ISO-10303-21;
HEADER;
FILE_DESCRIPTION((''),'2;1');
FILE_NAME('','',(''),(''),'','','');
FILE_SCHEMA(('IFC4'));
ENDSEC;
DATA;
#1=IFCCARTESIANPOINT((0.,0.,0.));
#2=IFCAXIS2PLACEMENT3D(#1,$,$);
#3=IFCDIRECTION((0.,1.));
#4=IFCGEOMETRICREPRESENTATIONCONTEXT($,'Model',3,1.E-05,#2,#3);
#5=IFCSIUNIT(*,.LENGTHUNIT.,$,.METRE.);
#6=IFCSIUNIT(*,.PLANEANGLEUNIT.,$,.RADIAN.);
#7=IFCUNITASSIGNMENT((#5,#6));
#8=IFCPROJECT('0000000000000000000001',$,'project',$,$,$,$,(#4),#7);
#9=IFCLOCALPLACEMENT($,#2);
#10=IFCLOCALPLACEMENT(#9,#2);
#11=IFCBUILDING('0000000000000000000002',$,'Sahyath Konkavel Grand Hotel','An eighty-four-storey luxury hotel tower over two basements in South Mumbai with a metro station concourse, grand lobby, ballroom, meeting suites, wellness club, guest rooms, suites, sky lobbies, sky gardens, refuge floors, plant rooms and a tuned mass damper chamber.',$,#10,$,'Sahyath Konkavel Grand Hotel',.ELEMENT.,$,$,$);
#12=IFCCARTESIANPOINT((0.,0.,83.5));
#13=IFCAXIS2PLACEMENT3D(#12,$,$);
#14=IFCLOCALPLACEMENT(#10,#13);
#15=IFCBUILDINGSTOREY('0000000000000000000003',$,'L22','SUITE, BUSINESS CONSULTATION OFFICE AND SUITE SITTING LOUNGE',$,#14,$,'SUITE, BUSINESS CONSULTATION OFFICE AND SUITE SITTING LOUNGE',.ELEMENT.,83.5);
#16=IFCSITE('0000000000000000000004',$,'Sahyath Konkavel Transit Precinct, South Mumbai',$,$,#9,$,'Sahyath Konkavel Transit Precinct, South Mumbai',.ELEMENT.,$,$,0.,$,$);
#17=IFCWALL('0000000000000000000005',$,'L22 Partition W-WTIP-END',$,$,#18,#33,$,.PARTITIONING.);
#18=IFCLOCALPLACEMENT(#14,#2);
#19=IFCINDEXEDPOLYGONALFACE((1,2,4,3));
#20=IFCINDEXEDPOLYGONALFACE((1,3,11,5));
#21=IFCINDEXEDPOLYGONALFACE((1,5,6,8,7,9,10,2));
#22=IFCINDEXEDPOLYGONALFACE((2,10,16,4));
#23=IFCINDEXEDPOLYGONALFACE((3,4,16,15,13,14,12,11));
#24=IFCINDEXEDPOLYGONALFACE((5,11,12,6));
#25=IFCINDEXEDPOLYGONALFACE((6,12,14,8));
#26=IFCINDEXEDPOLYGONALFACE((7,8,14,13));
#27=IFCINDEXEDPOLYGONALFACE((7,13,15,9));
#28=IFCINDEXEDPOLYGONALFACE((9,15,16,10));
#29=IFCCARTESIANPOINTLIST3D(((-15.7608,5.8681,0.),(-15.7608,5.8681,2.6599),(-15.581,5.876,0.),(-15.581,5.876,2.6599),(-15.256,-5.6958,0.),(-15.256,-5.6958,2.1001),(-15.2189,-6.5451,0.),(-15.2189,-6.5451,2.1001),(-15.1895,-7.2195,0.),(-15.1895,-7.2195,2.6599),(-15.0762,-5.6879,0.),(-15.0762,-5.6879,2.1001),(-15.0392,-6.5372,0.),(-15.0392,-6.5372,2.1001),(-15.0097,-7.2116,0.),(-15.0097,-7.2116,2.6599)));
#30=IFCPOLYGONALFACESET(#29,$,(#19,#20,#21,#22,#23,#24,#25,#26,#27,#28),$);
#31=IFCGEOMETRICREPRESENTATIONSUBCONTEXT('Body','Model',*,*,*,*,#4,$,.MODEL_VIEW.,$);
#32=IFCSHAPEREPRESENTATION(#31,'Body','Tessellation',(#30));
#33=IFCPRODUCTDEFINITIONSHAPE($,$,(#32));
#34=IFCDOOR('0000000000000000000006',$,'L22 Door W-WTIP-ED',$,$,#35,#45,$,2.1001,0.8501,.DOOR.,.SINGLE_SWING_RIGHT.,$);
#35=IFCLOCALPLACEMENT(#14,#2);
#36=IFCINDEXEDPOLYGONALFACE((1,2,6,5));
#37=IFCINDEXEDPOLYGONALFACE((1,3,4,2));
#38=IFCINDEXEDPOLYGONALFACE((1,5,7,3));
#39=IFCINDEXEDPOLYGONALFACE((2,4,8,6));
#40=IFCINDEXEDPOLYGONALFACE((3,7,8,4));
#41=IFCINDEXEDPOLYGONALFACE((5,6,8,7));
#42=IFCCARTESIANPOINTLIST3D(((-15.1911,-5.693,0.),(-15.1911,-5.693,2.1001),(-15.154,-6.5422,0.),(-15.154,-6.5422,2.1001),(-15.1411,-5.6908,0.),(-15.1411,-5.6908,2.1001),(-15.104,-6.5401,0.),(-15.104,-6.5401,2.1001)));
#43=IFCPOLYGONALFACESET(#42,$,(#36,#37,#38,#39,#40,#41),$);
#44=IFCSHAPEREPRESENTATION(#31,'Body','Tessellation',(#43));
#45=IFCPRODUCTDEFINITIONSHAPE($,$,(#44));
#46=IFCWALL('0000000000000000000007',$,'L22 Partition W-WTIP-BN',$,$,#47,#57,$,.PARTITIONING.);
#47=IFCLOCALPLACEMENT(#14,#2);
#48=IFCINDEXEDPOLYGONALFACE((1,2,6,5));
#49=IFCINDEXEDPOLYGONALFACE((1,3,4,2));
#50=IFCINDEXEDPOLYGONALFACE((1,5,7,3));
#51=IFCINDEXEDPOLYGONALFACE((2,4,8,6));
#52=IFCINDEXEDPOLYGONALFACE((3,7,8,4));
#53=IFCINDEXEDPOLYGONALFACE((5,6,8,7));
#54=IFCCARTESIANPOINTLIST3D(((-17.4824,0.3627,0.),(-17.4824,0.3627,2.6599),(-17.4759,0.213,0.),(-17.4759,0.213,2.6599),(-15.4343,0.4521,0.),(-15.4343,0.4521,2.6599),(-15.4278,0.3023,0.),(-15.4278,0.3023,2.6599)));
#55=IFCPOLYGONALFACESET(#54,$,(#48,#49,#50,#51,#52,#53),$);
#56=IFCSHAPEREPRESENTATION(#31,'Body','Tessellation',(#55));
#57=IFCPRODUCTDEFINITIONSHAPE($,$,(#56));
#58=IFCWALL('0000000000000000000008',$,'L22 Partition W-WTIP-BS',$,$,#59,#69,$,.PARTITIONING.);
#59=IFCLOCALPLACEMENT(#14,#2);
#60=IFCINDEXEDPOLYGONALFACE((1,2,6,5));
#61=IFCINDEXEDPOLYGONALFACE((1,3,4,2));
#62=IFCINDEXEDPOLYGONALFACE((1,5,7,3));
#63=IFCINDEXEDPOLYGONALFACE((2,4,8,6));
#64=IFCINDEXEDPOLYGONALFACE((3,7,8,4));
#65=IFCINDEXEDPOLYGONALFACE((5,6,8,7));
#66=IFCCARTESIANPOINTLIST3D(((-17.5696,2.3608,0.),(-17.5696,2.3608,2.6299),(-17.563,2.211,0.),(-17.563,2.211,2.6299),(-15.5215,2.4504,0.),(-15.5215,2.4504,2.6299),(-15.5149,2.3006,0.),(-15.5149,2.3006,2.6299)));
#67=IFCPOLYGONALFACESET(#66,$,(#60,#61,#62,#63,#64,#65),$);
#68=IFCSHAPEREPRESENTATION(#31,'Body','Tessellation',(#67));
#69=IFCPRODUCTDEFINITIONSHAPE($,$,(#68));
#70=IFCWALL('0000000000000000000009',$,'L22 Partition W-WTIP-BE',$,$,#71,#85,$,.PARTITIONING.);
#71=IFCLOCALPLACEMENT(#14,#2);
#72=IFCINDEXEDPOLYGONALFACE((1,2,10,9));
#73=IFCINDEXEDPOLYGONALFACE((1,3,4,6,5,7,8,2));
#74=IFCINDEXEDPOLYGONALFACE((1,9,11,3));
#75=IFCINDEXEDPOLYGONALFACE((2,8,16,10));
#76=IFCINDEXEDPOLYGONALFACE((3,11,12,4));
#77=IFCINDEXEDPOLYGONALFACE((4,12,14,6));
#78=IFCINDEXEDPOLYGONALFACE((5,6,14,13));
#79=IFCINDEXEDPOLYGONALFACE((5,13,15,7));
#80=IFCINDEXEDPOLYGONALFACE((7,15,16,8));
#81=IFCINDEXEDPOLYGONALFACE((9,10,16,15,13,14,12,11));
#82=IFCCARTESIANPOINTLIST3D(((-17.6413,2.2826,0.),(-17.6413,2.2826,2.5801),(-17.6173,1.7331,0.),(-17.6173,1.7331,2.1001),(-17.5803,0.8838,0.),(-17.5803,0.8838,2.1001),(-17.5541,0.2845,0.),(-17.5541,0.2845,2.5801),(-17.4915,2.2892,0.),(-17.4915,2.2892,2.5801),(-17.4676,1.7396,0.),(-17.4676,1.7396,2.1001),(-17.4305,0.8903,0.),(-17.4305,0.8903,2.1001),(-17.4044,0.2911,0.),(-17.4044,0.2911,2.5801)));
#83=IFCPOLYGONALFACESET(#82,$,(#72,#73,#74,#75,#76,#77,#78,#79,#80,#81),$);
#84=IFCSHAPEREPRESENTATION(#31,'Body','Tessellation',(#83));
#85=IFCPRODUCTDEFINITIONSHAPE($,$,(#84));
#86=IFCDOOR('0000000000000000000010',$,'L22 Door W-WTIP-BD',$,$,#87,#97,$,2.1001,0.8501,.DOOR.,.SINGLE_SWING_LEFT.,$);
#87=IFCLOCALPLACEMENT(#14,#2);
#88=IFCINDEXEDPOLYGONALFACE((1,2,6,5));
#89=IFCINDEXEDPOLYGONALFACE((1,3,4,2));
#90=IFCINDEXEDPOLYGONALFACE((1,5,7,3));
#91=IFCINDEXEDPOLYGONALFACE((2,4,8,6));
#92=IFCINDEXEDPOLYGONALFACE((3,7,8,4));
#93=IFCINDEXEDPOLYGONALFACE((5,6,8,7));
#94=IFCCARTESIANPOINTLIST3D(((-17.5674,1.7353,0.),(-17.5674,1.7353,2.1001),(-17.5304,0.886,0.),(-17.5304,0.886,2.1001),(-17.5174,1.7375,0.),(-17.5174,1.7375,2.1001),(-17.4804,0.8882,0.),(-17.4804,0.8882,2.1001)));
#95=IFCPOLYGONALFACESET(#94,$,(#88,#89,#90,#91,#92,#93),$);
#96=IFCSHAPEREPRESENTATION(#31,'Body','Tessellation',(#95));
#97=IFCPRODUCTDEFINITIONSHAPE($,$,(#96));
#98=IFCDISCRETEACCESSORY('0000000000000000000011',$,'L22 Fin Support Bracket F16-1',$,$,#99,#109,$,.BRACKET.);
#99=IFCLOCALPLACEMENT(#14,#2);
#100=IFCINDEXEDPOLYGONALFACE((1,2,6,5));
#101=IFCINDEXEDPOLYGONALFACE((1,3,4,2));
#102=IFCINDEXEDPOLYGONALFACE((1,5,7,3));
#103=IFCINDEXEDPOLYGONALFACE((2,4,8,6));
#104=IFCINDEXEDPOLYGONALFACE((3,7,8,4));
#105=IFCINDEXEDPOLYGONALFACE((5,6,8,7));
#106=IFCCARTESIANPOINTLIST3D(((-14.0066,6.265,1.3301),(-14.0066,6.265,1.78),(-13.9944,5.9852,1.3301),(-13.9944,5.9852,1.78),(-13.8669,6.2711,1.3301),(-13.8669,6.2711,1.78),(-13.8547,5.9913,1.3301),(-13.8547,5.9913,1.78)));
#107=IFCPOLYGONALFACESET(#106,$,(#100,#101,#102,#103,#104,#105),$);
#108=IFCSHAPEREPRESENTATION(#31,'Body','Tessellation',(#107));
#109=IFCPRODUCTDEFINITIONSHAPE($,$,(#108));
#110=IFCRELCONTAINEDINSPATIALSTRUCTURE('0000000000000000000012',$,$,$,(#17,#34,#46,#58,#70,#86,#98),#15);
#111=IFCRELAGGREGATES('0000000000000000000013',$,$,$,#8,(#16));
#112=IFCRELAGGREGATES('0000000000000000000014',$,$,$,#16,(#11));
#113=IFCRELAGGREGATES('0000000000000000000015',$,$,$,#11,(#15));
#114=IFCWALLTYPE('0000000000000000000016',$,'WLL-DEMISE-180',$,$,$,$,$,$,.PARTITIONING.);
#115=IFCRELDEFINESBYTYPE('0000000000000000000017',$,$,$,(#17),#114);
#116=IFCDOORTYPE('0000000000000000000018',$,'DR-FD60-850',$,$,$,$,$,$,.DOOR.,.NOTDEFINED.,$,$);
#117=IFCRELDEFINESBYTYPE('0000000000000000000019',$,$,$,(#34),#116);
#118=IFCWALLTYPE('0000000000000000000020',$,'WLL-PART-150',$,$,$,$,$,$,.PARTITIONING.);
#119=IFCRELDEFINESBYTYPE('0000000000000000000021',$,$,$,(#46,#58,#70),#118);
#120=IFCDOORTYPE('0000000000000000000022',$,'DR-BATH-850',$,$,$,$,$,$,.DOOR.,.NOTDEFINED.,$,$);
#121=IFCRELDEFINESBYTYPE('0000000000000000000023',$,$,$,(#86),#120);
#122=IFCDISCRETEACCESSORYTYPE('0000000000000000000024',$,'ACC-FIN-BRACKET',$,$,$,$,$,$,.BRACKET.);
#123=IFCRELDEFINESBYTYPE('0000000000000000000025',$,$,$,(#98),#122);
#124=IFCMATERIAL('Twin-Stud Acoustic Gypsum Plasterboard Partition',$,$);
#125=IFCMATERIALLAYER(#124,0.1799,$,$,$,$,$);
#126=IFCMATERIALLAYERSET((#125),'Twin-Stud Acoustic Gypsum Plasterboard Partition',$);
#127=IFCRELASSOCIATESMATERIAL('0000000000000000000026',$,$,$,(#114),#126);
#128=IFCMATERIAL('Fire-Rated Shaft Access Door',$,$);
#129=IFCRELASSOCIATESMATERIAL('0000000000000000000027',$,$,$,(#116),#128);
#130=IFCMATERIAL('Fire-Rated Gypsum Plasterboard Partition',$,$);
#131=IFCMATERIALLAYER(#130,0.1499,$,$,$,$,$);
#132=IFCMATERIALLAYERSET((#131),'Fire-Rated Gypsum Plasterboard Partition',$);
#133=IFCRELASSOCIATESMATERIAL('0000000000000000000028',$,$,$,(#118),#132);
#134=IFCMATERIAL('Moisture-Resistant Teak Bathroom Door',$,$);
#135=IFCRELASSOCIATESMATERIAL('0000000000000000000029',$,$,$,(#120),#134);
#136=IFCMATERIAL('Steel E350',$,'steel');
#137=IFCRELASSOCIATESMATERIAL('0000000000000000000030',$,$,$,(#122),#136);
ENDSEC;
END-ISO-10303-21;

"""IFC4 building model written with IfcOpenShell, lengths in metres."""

from ifc_helpers import new_model, si_unit, direction, frame, frame_2d, origin, origin_2d, place, context, subcontext, project, spatial, rectangle, extrude, source, transform, mapped, material, layer, layer_set, type_object, element, fill, save


model = new_model("IFC4")

# Units and contexts
model_context = context("Model", 3, precision=1e-05, world=origin(), true_north=direction((0.0, 1.0)))
body_context = subcontext(model_context, "Body", "Model", "MODEL_VIEW")
ifc_project = project(units=[si_unit("LENGTHUNIT", "METRE"), si_unit("PLANEANGLEUNIT", "RADIAN")], contexts=[model_context])

# Site, building, storey
site_placement = place(None, origin())
site = spatial("IfcSite", under=ifc_project, at=site_placement, Name="Sahyath Konkavel Transit Precinct, South Mumbai", LongName="Sahyath Konkavel Transit Precinct, South Mumbai", CompositionType="ELEMENT", RefElevation=0.0)
building_placement = place(site_placement, origin())
building = spatial("IfcBuilding", under=site, at=building_placement, Name="Sahyath Konkavel Grand Hotel", Description="An eighty-four-storey luxury hotel tower over two basements in South Mumbai with a metro station concourse, grand lobby, ballroom, meeting suites, wellness club, guest rooms, suites, sky lobbies, sky gardens, refuge floors, plant rooms and a tuned mass damper chamber.", LongName="Sahyath Konkavel Grand Hotel", CompositionType="ELEMENT")
storey_placement = place(building_placement, frame((0.0, 0.0, 83.5)))
storey = spatial("IfcBuildingStorey", under=building, at=storey_placement, Name="L22", Description="SUITE, BUSINESS CONSULTATION OFFICE AND SUITE SITTING LOUNGE", LongName="SUITE, BUSINESS CONSULTATION OFFICE AND SUITE SITTING LOUNGE", CompositionType="ELEMENT", Elevation=83.5)

# Shared definitions
ifc_material_1 = material(Name="Steel E350", Category="steel")

# Wall, opening, door
ifc_material_2 = material(Name="Twin-Stud Acoustic Gypsum Plasterboard Partition")
ifc_layer_1 = layer(ifc_material_2, 0.1799)
ifc_layer_set_1 = layer_set([ifc_layer_1], Name="Twin-Stud Acoustic Gypsum Plasterboard Partition")
wall_type_1 = type_object("IfcWallType", Name="WLL-DEMISE-180", PredefinedType="PARTITIONING", material=ifc_layer_set_1)
wall_1_placement = place(storey_placement, frame((-15.6709, 5.8721, 0.0), z_axis=(0.0, 0.0, 1.0), x_axis=(0.043609, -0.999049, 0.0)))
wall_1 = element("IfcWall", 1, at=wall_1_placement, inside=storey, type_object=wall_type_1, Name="L22 Partition W-WTIP-END", PredefinedType="PARTITIONING", context=body_context, shape_type="SweptSolid", body=[
    extrude(rectangle(XDim=13.1001, YDim=0.1799, at=frame_2d((6.55, 0.0))), origin(), (0.0, 0.0, 1.0), 2.6599),
])
opening_1_placement = place(wall_1_placement, frame((11.575, 0.0, 0.0)))
opening_1 = element("IfcOpeningElement", 2, at=opening_1_placement, cuts=wall_1, PredefinedType="OPENING", context=body_context, shape_type="SweptSolid", body=[
    extrude(rectangle(XDim=0.8501, YDim=2.1001, at=frame_2d((0.425, 1.05))), frame((0.0, 0.1001, 0.0), z_axis=(0.0, -1.0, 0.0), x_axis=(1.0, 0.0, 0.0)), (0.0, 0.0, 1.0), 0.2),
])
ifc_material_3 = material(Name="Fire-Rated Shaft Access Door")
door_type_1 = type_object("IfcDoorType", Name="DR-FD60-850", OperationType="NOTDEFINED", PredefinedType="DOOR", material=ifc_material_3)
shared_shape_1 = source(origin(), body_context, "Body", "SweptSolid", [
    extrude(rectangle(XDim=0.8501, YDim=0.05, at=origin_2d()), origin(), (0.0, 0.0, 1.0), 2.1001),
])
door_1_placement = place(opening_1_placement, frame((0.425, 0.0, 0.0)))
door_1 = element("IfcDoor", 3, at=door_1_placement, inside=storey, type_object=door_type_1, Name="L22 Door W-WTIP-ED", OperationType="SINGLE_SWING_RIGHT", OverallHeight=2.1001, OverallWidth=0.8501, PredefinedType="DOOR", context=body_context, shape_type="MappedRepresentation", body=[
    mapped(shared_shape_1, transform((0.0, 0.0, 0.0), scale=1.0)),
])
fill(opening_1, door_1)

# Walls
ifc_material_4 = material(Name="Fire-Rated Gypsum Plasterboard Partition")
ifc_layer_2 = layer(ifc_material_4, 0.1499)
ifc_layer_set_2 = layer_set([ifc_layer_2], Name="Fire-Rated Gypsum Plasterboard Partition")
wall_type_2 = type_object("IfcWallType", Name="WLL-PART-150", PredefinedType="PARTITIONING", material=ifc_layer_set_2)
wall_2_placement = place(storey_placement, frame((-15.4312, 0.3772, 0.0), z_axis=(0.0, 0.0, 1.0), x_axis=(-0.99905, -0.043587, 0.0)))
element("IfcWall", 4, at=wall_2_placement, inside=storey, type_object=wall_type_2, Name="L22 Partition W-WTIP-BN", PredefinedType="PARTITIONING", context=body_context, shape_type="SweptSolid", body=[
    extrude(rectangle(XDim=2.05, YDim=0.1499, at=frame_2d((1.0249, 0.0))), origin(), (0.0, 0.0, 1.0), 2.6599),
])
wall_3_placement = place(storey_placement, frame((-15.5183, 2.3755, 0.0), z_axis=(0.0, 0.0, 1.0), x_axis=(-0.999044, -0.043706, 0.0)))
element("IfcWall", 5, at=wall_3_placement, inside=storey, type_object=wall_type_2, Name="L22 Partition W-WTIP-BS", PredefinedType="PARTITIONING", context=body_context, shape_type="SweptSolid", body=[
    extrude(rectangle(XDim=2.05, YDim=0.1499, at=frame_2d((1.0249, 0.0))), origin(), (0.0, 0.0, 1.0), 2.6299),
])

# Wall, opening, door
wall_4_placement = place(storey_placement, frame((-17.5664, 2.2859, 0.0), z_axis=(0.0, 0.0, 1.0), x_axis=(0.04358, -0.99905, 0.0)))
wall_4 = element("IfcWall", 6, at=wall_4_placement, inside=storey, type_object=wall_type_2, Name="L22 Partition W-WTIP-BE", PredefinedType="PARTITIONING", context=body_context, shape_type="SweptSolid", body=[
    extrude(rectangle(XDim=2.0, YDim=0.1499, at=frame_2d((1.0, 0.0))), origin(), (0.0, 0.0, 1.0), 2.5801),
])
opening_2_placement = place(wall_4_placement, frame((0.55, 0.0, 0.0)))
opening_2 = element("IfcOpeningElement", 7, at=opening_2_placement, cuts=wall_4, PredefinedType="OPENING", context=body_context, shape_type="SweptSolid", body=[
    extrude(rectangle(XDim=0.8501, YDim=2.1001, at=frame_2d((0.425, 1.05))), frame((0.0, 0.085, 0.0), z_axis=(0.0, -1.0, 0.0), x_axis=(1.0, 0.0, 0.0)), (0.0, 0.0, 1.0), 0.1699),
])
ifc_material_5 = material(Name="Moisture-Resistant Teak Bathroom Door")
door_type_2 = type_object("IfcDoorType", Name="DR-BATH-850", OperationType="NOTDEFINED", PredefinedType="DOOR", material=ifc_material_5)
door_2_placement = place(opening_2_placement, frame((0.425, 0.0, 0.0)))
door_2 = element("IfcDoor", 8, at=door_2_placement, inside=storey, type_object=door_type_2, Name="L22 Door W-WTIP-BD", OperationType="SINGLE_SWING_LEFT", OverallHeight=2.1001, OverallWidth=0.8501, PredefinedType="DOOR", context=body_context, shape_type="MappedRepresentation", body=[
    mapped(shared_shape_1, transform((0.0, 0.0, 0.0), scale=1.0)),
])
fill(opening_2, door_2)

# Discrete accessory
discrete_accessory_type = type_object("IfcDiscreteAccessoryType", Name="ACC-FIN-BRACKET", PredefinedType="BRACKET", material=ifc_material_1)
shared_shape_2 = source(origin(), body_context, "Body", "SweptSolid", [
    extrude(rectangle(XDim=0.28, YDim=0.1399, at=origin_2d()), origin(), (0.0, 0.0, 1.0), 0.45),
])
discrete_accessory_placement = place(storey_placement, frame((-13.9307, 6.1282, 1.3301), z_axis=(0.0, 0.0, 1.0), x_axis=(-0.043602, 0.999049, 0.0)))
element("IfcDiscreteAccessory", 9, at=discrete_accessory_placement, inside=storey, type_object=discrete_accessory_type, Name="L22 Fin Support Bracket F16-1", PredefinedType="BRACKET", context=body_context, shape_type="MappedRepresentation", body=[
    mapped(shared_shape_2, transform((0.0, 0.0, 0.0), scale=1.0)),
])

save(model, "model.ifc")
